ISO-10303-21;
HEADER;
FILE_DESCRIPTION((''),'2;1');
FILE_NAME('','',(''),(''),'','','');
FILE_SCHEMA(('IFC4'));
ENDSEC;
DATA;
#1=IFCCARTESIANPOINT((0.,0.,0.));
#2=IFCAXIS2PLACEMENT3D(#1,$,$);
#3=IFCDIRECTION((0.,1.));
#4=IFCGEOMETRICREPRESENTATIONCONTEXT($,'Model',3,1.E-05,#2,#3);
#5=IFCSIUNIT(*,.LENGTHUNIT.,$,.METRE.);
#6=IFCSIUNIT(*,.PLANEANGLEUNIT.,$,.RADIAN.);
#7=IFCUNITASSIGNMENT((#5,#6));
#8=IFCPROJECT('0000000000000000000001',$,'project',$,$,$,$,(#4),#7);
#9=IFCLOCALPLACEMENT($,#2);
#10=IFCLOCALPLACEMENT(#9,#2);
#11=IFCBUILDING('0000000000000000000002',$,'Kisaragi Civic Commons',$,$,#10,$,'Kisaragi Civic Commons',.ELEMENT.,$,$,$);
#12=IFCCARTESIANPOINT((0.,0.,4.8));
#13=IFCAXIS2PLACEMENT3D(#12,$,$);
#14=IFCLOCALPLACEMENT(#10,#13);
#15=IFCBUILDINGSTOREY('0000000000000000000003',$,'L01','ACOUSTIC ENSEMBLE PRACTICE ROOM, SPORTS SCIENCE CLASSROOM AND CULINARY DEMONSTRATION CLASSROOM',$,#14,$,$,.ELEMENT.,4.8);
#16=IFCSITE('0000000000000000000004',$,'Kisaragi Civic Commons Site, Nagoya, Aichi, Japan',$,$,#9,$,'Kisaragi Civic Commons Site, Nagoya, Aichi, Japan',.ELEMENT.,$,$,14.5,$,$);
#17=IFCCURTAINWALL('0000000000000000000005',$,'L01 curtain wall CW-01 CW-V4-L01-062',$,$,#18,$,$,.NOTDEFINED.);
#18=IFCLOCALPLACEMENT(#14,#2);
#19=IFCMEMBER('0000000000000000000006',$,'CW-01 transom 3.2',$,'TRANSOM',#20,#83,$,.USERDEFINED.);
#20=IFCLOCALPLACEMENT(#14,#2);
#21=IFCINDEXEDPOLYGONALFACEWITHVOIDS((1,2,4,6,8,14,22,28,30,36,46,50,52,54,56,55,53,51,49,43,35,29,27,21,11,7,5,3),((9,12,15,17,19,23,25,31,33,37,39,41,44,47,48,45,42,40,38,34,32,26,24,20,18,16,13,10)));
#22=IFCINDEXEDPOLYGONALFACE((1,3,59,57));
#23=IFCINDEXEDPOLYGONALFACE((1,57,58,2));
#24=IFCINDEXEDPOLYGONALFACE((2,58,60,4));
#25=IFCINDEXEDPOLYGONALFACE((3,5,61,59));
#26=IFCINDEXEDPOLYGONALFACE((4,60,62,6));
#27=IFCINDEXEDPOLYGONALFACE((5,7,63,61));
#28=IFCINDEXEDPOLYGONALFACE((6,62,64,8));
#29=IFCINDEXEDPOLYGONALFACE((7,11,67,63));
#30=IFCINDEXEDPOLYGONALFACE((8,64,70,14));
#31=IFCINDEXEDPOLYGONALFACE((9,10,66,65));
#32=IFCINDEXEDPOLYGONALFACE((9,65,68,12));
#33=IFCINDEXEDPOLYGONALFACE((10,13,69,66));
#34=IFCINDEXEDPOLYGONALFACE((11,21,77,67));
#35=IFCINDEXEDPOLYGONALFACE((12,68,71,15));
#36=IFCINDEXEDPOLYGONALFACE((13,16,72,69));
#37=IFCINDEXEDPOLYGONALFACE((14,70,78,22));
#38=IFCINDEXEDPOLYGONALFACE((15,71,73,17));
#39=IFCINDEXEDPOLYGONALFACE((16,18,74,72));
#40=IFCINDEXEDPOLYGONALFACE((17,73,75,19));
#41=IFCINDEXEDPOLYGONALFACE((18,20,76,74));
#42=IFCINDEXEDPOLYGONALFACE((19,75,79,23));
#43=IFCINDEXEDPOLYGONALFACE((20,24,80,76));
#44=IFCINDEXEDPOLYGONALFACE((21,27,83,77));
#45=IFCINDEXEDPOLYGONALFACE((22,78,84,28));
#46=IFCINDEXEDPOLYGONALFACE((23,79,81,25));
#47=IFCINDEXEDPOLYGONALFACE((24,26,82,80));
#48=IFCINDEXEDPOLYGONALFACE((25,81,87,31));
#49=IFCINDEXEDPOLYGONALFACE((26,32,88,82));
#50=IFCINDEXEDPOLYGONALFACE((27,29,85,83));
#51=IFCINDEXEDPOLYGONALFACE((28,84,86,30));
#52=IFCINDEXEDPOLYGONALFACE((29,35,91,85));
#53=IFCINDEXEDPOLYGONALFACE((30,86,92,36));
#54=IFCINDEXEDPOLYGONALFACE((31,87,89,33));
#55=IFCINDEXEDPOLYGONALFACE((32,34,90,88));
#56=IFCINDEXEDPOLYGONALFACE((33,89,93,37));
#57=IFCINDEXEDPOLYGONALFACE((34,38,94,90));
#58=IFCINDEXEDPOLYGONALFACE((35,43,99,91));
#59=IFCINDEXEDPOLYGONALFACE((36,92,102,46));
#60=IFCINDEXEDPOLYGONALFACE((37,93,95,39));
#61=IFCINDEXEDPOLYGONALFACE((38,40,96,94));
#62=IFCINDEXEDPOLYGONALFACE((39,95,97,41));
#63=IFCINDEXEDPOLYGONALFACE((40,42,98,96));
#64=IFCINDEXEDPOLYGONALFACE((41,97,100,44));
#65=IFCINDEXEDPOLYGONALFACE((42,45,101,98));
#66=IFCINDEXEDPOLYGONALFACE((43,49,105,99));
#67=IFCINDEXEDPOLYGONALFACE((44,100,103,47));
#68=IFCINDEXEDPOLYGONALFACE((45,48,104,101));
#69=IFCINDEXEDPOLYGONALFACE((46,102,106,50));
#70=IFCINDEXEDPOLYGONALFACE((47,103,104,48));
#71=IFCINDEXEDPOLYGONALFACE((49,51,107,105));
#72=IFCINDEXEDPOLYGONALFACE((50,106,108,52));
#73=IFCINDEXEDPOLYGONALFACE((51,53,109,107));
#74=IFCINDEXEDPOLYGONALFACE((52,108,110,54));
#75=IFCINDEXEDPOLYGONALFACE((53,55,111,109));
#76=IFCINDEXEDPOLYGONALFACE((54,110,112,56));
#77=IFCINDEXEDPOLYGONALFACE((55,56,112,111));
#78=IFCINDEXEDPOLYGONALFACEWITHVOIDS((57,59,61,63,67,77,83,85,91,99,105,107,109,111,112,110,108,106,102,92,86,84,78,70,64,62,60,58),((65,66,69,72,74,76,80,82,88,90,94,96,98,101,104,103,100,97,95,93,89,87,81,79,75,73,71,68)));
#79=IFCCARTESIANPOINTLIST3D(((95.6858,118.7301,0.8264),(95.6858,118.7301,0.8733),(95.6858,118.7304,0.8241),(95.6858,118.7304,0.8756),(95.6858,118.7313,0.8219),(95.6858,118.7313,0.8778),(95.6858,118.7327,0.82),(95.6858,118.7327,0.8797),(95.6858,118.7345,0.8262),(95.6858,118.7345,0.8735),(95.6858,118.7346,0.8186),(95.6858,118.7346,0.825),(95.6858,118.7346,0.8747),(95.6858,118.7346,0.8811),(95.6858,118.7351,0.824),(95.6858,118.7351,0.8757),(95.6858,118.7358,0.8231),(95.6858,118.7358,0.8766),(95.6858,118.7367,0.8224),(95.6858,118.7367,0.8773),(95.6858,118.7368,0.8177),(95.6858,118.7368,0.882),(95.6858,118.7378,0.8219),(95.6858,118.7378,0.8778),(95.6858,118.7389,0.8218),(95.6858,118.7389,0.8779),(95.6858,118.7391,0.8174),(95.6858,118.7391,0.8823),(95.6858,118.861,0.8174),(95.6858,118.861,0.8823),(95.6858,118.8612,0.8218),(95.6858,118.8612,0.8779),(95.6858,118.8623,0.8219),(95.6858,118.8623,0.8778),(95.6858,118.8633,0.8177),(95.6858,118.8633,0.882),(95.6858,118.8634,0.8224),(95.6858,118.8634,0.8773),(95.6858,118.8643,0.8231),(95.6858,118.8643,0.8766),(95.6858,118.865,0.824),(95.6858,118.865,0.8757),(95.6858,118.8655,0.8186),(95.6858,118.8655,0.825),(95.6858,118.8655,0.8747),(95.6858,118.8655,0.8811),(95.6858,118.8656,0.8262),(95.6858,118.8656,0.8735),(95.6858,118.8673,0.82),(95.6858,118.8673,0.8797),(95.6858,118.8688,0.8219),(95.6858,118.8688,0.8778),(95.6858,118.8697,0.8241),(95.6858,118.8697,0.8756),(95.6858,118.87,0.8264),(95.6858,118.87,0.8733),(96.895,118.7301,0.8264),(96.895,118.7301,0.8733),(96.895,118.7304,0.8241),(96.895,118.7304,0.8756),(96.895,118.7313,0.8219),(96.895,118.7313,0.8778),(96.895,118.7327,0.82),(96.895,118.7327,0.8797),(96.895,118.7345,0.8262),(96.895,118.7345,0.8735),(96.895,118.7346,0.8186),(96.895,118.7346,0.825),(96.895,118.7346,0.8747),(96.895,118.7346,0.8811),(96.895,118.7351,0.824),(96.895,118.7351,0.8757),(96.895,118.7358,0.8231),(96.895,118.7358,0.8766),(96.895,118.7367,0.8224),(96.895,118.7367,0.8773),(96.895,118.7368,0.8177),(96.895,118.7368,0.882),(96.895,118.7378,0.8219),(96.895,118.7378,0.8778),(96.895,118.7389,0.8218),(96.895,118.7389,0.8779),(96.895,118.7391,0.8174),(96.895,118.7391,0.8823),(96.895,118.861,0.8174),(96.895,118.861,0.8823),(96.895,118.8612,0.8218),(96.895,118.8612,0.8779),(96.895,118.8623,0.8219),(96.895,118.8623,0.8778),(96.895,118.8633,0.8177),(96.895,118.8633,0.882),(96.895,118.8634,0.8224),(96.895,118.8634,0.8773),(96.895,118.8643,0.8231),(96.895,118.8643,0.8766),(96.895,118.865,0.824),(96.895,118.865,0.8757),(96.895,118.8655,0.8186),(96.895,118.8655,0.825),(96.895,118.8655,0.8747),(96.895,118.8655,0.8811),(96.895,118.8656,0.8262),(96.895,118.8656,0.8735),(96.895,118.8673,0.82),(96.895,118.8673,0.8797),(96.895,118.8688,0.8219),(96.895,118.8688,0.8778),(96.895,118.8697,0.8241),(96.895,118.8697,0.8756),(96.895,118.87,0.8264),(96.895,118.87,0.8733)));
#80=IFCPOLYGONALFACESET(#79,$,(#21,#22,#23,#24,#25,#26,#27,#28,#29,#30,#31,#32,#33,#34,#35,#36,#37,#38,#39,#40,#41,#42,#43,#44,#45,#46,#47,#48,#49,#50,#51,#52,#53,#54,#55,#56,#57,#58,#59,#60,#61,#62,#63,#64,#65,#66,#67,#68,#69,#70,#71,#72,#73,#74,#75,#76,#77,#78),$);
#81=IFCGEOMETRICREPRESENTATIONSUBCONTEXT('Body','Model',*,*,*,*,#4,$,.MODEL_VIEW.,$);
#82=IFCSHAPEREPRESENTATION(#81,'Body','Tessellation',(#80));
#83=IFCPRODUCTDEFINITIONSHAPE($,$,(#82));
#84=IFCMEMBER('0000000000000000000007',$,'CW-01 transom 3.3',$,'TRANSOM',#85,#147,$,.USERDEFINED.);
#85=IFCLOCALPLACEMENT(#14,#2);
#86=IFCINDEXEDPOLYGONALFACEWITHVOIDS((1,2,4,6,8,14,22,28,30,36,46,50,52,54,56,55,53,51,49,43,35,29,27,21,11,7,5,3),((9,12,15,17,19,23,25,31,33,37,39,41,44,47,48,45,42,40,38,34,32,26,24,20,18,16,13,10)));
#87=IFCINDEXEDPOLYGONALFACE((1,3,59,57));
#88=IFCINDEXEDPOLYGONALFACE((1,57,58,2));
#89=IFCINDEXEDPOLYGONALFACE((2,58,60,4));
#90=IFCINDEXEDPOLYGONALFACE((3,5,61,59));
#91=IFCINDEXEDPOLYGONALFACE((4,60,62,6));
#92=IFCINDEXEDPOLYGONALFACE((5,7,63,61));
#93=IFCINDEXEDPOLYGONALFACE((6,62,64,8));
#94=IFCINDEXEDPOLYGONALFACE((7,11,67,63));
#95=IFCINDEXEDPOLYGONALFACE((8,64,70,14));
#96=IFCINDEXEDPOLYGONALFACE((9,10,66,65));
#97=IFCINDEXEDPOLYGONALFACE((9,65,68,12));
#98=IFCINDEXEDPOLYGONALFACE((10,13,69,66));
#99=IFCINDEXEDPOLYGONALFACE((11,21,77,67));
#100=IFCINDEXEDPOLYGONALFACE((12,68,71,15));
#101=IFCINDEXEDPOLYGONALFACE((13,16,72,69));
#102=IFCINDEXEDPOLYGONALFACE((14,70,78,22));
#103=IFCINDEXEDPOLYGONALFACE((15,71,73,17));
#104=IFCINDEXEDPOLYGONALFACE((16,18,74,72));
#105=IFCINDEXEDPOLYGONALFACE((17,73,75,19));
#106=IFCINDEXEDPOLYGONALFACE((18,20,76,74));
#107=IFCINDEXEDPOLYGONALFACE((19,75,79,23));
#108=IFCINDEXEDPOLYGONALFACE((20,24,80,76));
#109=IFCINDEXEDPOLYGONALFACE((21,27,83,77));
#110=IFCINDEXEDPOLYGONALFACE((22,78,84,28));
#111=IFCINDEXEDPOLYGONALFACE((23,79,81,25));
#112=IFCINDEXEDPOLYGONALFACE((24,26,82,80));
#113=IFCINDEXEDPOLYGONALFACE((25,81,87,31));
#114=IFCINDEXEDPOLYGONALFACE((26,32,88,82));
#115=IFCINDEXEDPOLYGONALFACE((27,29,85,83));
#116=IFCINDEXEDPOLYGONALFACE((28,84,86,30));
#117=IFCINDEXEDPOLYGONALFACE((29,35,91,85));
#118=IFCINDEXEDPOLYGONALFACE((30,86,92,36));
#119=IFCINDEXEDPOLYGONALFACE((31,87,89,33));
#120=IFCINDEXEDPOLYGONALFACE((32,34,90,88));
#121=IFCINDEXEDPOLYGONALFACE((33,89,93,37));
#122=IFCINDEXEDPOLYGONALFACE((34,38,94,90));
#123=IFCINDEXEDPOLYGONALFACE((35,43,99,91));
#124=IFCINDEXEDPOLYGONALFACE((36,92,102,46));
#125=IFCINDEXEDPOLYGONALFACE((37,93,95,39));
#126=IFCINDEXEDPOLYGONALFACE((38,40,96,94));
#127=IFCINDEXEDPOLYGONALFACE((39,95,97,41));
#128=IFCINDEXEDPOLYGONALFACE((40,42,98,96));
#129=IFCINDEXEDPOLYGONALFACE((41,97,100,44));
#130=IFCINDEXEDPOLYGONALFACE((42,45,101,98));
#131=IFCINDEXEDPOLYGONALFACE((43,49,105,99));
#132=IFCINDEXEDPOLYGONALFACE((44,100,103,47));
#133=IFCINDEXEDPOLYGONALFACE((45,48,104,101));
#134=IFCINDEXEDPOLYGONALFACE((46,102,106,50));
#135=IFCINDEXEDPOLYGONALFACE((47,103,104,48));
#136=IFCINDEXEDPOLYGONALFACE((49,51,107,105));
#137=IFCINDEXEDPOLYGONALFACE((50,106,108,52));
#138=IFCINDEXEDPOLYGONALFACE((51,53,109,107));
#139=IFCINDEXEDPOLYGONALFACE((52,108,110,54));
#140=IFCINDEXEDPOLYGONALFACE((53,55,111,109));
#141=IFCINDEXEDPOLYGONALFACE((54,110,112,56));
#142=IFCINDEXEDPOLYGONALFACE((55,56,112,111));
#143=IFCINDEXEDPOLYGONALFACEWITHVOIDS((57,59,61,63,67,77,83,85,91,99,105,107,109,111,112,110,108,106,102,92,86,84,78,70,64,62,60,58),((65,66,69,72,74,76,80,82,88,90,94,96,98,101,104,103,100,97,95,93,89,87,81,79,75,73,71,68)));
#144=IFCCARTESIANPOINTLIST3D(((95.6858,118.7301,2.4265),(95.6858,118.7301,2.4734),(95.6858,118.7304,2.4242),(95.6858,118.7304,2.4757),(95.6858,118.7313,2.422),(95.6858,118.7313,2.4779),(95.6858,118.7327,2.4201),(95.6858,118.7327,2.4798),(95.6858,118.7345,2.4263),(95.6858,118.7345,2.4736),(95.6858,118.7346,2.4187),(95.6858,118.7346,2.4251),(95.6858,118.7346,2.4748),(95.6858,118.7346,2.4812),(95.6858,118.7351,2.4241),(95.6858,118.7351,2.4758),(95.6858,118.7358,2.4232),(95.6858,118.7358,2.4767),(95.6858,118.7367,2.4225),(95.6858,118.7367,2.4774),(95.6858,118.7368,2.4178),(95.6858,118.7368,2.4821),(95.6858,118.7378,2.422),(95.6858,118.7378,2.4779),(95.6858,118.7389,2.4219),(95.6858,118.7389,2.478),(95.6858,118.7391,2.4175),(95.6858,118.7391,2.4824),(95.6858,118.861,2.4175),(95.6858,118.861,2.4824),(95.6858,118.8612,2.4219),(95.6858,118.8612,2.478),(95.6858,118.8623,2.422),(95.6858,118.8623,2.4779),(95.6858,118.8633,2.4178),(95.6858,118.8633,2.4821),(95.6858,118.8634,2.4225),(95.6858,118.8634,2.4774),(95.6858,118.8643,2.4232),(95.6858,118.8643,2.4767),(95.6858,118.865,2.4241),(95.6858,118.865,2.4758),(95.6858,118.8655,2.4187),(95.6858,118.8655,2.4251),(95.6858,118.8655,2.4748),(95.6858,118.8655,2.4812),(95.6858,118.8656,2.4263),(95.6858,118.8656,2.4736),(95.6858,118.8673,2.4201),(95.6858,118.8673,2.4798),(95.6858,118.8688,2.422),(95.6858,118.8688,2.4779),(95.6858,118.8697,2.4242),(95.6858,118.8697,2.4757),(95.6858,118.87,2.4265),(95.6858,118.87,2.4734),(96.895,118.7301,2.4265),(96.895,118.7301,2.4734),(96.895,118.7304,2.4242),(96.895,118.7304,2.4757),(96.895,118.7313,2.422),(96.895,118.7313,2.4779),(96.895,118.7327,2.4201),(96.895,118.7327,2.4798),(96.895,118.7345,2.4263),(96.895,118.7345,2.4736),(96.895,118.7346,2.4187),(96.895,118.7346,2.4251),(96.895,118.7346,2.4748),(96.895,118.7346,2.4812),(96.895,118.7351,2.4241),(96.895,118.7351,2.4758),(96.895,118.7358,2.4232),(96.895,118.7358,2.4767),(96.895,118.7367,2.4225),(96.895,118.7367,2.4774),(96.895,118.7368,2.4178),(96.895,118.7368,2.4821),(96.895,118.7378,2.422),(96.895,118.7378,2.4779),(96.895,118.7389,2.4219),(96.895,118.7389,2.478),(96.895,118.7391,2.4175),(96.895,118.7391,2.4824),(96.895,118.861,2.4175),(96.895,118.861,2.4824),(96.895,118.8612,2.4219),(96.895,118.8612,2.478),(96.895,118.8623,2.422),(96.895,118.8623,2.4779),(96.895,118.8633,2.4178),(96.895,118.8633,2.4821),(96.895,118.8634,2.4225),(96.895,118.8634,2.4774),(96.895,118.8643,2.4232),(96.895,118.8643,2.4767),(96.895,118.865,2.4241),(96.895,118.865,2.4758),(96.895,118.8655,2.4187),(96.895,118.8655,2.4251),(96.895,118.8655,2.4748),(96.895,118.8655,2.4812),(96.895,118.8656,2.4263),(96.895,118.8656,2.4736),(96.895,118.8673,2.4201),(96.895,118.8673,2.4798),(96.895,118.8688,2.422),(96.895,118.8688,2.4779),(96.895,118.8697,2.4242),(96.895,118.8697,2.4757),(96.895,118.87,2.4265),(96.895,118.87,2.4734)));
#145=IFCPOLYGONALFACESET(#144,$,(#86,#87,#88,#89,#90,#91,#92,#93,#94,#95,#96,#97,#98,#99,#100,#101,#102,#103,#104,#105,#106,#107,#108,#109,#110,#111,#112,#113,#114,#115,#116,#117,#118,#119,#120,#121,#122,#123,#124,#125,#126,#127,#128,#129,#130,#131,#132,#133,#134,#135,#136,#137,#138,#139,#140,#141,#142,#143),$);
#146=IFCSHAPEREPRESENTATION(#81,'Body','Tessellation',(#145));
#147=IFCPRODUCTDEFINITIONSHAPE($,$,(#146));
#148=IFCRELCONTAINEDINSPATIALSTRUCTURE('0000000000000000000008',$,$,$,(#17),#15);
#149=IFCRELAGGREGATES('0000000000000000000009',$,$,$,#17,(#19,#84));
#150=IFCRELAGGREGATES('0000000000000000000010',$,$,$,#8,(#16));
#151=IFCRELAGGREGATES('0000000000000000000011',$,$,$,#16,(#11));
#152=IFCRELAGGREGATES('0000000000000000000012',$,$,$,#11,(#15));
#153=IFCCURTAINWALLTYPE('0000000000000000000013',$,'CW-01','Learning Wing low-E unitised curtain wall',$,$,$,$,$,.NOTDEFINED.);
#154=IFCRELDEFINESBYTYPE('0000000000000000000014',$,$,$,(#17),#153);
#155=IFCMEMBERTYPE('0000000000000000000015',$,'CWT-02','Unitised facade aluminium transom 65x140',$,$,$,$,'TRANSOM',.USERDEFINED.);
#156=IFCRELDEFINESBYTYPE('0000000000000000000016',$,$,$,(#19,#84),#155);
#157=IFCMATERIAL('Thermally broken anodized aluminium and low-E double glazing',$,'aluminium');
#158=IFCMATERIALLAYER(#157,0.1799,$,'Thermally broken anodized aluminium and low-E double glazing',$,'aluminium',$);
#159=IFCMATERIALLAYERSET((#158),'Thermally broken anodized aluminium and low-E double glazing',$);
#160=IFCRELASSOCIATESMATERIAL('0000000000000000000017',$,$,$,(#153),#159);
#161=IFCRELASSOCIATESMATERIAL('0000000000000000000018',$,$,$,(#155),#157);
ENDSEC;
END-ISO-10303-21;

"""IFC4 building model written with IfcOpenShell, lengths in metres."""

from ifc_helpers import new_model, si_unit, direction, frame, origin, origin_2d, place, context, subcontext, project, spatial, hollow_rectangle, extrude, material, layer, layer_set, material_profile, profile_set, type_object, element, aggregate, save


model = new_model("IFC4")

# Units and contexts
model_context = context("Model", 3, precision=1e-05, world=origin(), true_north=direction((0.0, 1.0)))
body_context = subcontext(model_context, "Body", "Model", "MODEL_VIEW")
ifc_project = project(units=[si_unit("LENGTHUNIT", "METRE"), si_unit("PLANEANGLEUNIT", "RADIAN")], contexts=[model_context])

# Site, building, storey
site_placement = place(None, origin())
site = spatial("IfcSite", under=ifc_project, at=site_placement, Name="Kisaragi Civic Commons Site, Nagoya, Aichi, Japan", LongName="Kisaragi Civic Commons Site, Nagoya, Aichi, Japan", CompositionType="ELEMENT", RefElevation=14.5)
building_placement = place(site_placement, origin())
building = spatial("IfcBuilding", under=site, at=building_placement, Name="Kisaragi Civic Commons", LongName="Kisaragi Civic Commons", CompositionType="ELEMENT")
storey_placement = place(building_placement, frame((0.0, 0.0, 4.8)))
storey = spatial("IfcBuildingStorey", under=building, at=storey_placement, Name="L01", Description="ACOUSTIC ENSEMBLE PRACTICE ROOM, SPORTS SCIENCE CLASSROOM AND CULINARY DEMONSTRATION CLASSROOM", CompositionType="ELEMENT", Elevation=4.8)

# Curtain wall, members
ifc_material_1 = material(Name="Thermally broken anodized aluminium and low-E double glazing", Category="aluminium")
ifc_layer_1 = layer(ifc_material_1, 0.1799, Name="Thermally broken anodized aluminium and low-E double glazing", Category="aluminium")
ifc_layer_set_1 = layer_set([ifc_layer_1], Name="Thermally broken anodized aluminium and low-E double glazing")
curtain_wall_type = type_object("IfcCurtainWallType", Name="CW-01", Description="Learning Wing low-E unitised curtain wall", PredefinedType="NOTDEFINED", material=ifc_layer_set_1)
curtain_wall_placement = place(storey_placement, origin())
curtain_wall = element("IfcCurtainWall", 1, at=curtain_wall_placement, inside=storey, type_object=curtain_wall_type, Name="L01 curtain wall CW-01 CW-V4-L01-062", PredefinedType="NOTDEFINED")
ifc_material_profile_1 = material_profile(ifc_material_1, hollow_rectangle(XDim=0.1399, YDim=0.0649, WallThickness=0.0044, InnerFilletRadius=0.0044, OuterFilletRadius=0.009, at=origin_2d()), Name="CWT-65x140x4.5", Category="aluminium")
ifc_profile_set_1 = profile_set([ifc_material_profile_1], Name="Thermally broken anodized aluminium and low-E double glazing")
member_type_1 = type_object("IfcMemberType", Name="CWT-02", Description="Unitised facade aluminium transom 65x140", ElementType="TRANSOM", PredefinedType="USERDEFINED", material=ifc_profile_set_1)
member_1_placement = place(storey_placement, frame((95.6858, 118.8, 0.8499), z_axis=(1.0, 0.0, 0.0), x_axis=(0.0, 1.0, 0.0)))
member_1 = element("IfcMember", 2, at=member_1_placement, type_object=member_type_1, Name="CW-01 transom 3.2", ObjectType="TRANSOM", PredefinedType="USERDEFINED", context=body_context, shape_type="SweptSolid", body=[
    extrude(hollow_rectangle(XDim=0.1399, YDim=0.0649, WallThickness=0.0044, InnerFilletRadius=0.0044, OuterFilletRadius=0.009, at=origin_2d()), origin(), (0.0, 0.0, 1.0), 1.2092),
])
member_2_placement = place(storey_placement, frame((95.6858, 118.8, 2.45), z_axis=(1.0, 0.0, 0.0), x_axis=(0.0, 1.0, 0.0)))
member_2 = element("IfcMember", 3, at=member_2_placement, type_object=member_type_1, Name="CW-01 transom 3.3", ObjectType="TRANSOM", PredefinedType="USERDEFINED", context=body_context, shape_type="SweptSolid", body=[
    extrude(hollow_rectangle(XDim=0.1399, YDim=0.0649, WallThickness=0.0044, InnerFilletRadius=0.0044, OuterFilletRadius=0.009, at=origin_2d()), origin(), (0.0, 0.0, 1.0), 1.2092),
])
aggregate(curtain_wall, [member_1, member_2])

save(model, "model.ifc")
